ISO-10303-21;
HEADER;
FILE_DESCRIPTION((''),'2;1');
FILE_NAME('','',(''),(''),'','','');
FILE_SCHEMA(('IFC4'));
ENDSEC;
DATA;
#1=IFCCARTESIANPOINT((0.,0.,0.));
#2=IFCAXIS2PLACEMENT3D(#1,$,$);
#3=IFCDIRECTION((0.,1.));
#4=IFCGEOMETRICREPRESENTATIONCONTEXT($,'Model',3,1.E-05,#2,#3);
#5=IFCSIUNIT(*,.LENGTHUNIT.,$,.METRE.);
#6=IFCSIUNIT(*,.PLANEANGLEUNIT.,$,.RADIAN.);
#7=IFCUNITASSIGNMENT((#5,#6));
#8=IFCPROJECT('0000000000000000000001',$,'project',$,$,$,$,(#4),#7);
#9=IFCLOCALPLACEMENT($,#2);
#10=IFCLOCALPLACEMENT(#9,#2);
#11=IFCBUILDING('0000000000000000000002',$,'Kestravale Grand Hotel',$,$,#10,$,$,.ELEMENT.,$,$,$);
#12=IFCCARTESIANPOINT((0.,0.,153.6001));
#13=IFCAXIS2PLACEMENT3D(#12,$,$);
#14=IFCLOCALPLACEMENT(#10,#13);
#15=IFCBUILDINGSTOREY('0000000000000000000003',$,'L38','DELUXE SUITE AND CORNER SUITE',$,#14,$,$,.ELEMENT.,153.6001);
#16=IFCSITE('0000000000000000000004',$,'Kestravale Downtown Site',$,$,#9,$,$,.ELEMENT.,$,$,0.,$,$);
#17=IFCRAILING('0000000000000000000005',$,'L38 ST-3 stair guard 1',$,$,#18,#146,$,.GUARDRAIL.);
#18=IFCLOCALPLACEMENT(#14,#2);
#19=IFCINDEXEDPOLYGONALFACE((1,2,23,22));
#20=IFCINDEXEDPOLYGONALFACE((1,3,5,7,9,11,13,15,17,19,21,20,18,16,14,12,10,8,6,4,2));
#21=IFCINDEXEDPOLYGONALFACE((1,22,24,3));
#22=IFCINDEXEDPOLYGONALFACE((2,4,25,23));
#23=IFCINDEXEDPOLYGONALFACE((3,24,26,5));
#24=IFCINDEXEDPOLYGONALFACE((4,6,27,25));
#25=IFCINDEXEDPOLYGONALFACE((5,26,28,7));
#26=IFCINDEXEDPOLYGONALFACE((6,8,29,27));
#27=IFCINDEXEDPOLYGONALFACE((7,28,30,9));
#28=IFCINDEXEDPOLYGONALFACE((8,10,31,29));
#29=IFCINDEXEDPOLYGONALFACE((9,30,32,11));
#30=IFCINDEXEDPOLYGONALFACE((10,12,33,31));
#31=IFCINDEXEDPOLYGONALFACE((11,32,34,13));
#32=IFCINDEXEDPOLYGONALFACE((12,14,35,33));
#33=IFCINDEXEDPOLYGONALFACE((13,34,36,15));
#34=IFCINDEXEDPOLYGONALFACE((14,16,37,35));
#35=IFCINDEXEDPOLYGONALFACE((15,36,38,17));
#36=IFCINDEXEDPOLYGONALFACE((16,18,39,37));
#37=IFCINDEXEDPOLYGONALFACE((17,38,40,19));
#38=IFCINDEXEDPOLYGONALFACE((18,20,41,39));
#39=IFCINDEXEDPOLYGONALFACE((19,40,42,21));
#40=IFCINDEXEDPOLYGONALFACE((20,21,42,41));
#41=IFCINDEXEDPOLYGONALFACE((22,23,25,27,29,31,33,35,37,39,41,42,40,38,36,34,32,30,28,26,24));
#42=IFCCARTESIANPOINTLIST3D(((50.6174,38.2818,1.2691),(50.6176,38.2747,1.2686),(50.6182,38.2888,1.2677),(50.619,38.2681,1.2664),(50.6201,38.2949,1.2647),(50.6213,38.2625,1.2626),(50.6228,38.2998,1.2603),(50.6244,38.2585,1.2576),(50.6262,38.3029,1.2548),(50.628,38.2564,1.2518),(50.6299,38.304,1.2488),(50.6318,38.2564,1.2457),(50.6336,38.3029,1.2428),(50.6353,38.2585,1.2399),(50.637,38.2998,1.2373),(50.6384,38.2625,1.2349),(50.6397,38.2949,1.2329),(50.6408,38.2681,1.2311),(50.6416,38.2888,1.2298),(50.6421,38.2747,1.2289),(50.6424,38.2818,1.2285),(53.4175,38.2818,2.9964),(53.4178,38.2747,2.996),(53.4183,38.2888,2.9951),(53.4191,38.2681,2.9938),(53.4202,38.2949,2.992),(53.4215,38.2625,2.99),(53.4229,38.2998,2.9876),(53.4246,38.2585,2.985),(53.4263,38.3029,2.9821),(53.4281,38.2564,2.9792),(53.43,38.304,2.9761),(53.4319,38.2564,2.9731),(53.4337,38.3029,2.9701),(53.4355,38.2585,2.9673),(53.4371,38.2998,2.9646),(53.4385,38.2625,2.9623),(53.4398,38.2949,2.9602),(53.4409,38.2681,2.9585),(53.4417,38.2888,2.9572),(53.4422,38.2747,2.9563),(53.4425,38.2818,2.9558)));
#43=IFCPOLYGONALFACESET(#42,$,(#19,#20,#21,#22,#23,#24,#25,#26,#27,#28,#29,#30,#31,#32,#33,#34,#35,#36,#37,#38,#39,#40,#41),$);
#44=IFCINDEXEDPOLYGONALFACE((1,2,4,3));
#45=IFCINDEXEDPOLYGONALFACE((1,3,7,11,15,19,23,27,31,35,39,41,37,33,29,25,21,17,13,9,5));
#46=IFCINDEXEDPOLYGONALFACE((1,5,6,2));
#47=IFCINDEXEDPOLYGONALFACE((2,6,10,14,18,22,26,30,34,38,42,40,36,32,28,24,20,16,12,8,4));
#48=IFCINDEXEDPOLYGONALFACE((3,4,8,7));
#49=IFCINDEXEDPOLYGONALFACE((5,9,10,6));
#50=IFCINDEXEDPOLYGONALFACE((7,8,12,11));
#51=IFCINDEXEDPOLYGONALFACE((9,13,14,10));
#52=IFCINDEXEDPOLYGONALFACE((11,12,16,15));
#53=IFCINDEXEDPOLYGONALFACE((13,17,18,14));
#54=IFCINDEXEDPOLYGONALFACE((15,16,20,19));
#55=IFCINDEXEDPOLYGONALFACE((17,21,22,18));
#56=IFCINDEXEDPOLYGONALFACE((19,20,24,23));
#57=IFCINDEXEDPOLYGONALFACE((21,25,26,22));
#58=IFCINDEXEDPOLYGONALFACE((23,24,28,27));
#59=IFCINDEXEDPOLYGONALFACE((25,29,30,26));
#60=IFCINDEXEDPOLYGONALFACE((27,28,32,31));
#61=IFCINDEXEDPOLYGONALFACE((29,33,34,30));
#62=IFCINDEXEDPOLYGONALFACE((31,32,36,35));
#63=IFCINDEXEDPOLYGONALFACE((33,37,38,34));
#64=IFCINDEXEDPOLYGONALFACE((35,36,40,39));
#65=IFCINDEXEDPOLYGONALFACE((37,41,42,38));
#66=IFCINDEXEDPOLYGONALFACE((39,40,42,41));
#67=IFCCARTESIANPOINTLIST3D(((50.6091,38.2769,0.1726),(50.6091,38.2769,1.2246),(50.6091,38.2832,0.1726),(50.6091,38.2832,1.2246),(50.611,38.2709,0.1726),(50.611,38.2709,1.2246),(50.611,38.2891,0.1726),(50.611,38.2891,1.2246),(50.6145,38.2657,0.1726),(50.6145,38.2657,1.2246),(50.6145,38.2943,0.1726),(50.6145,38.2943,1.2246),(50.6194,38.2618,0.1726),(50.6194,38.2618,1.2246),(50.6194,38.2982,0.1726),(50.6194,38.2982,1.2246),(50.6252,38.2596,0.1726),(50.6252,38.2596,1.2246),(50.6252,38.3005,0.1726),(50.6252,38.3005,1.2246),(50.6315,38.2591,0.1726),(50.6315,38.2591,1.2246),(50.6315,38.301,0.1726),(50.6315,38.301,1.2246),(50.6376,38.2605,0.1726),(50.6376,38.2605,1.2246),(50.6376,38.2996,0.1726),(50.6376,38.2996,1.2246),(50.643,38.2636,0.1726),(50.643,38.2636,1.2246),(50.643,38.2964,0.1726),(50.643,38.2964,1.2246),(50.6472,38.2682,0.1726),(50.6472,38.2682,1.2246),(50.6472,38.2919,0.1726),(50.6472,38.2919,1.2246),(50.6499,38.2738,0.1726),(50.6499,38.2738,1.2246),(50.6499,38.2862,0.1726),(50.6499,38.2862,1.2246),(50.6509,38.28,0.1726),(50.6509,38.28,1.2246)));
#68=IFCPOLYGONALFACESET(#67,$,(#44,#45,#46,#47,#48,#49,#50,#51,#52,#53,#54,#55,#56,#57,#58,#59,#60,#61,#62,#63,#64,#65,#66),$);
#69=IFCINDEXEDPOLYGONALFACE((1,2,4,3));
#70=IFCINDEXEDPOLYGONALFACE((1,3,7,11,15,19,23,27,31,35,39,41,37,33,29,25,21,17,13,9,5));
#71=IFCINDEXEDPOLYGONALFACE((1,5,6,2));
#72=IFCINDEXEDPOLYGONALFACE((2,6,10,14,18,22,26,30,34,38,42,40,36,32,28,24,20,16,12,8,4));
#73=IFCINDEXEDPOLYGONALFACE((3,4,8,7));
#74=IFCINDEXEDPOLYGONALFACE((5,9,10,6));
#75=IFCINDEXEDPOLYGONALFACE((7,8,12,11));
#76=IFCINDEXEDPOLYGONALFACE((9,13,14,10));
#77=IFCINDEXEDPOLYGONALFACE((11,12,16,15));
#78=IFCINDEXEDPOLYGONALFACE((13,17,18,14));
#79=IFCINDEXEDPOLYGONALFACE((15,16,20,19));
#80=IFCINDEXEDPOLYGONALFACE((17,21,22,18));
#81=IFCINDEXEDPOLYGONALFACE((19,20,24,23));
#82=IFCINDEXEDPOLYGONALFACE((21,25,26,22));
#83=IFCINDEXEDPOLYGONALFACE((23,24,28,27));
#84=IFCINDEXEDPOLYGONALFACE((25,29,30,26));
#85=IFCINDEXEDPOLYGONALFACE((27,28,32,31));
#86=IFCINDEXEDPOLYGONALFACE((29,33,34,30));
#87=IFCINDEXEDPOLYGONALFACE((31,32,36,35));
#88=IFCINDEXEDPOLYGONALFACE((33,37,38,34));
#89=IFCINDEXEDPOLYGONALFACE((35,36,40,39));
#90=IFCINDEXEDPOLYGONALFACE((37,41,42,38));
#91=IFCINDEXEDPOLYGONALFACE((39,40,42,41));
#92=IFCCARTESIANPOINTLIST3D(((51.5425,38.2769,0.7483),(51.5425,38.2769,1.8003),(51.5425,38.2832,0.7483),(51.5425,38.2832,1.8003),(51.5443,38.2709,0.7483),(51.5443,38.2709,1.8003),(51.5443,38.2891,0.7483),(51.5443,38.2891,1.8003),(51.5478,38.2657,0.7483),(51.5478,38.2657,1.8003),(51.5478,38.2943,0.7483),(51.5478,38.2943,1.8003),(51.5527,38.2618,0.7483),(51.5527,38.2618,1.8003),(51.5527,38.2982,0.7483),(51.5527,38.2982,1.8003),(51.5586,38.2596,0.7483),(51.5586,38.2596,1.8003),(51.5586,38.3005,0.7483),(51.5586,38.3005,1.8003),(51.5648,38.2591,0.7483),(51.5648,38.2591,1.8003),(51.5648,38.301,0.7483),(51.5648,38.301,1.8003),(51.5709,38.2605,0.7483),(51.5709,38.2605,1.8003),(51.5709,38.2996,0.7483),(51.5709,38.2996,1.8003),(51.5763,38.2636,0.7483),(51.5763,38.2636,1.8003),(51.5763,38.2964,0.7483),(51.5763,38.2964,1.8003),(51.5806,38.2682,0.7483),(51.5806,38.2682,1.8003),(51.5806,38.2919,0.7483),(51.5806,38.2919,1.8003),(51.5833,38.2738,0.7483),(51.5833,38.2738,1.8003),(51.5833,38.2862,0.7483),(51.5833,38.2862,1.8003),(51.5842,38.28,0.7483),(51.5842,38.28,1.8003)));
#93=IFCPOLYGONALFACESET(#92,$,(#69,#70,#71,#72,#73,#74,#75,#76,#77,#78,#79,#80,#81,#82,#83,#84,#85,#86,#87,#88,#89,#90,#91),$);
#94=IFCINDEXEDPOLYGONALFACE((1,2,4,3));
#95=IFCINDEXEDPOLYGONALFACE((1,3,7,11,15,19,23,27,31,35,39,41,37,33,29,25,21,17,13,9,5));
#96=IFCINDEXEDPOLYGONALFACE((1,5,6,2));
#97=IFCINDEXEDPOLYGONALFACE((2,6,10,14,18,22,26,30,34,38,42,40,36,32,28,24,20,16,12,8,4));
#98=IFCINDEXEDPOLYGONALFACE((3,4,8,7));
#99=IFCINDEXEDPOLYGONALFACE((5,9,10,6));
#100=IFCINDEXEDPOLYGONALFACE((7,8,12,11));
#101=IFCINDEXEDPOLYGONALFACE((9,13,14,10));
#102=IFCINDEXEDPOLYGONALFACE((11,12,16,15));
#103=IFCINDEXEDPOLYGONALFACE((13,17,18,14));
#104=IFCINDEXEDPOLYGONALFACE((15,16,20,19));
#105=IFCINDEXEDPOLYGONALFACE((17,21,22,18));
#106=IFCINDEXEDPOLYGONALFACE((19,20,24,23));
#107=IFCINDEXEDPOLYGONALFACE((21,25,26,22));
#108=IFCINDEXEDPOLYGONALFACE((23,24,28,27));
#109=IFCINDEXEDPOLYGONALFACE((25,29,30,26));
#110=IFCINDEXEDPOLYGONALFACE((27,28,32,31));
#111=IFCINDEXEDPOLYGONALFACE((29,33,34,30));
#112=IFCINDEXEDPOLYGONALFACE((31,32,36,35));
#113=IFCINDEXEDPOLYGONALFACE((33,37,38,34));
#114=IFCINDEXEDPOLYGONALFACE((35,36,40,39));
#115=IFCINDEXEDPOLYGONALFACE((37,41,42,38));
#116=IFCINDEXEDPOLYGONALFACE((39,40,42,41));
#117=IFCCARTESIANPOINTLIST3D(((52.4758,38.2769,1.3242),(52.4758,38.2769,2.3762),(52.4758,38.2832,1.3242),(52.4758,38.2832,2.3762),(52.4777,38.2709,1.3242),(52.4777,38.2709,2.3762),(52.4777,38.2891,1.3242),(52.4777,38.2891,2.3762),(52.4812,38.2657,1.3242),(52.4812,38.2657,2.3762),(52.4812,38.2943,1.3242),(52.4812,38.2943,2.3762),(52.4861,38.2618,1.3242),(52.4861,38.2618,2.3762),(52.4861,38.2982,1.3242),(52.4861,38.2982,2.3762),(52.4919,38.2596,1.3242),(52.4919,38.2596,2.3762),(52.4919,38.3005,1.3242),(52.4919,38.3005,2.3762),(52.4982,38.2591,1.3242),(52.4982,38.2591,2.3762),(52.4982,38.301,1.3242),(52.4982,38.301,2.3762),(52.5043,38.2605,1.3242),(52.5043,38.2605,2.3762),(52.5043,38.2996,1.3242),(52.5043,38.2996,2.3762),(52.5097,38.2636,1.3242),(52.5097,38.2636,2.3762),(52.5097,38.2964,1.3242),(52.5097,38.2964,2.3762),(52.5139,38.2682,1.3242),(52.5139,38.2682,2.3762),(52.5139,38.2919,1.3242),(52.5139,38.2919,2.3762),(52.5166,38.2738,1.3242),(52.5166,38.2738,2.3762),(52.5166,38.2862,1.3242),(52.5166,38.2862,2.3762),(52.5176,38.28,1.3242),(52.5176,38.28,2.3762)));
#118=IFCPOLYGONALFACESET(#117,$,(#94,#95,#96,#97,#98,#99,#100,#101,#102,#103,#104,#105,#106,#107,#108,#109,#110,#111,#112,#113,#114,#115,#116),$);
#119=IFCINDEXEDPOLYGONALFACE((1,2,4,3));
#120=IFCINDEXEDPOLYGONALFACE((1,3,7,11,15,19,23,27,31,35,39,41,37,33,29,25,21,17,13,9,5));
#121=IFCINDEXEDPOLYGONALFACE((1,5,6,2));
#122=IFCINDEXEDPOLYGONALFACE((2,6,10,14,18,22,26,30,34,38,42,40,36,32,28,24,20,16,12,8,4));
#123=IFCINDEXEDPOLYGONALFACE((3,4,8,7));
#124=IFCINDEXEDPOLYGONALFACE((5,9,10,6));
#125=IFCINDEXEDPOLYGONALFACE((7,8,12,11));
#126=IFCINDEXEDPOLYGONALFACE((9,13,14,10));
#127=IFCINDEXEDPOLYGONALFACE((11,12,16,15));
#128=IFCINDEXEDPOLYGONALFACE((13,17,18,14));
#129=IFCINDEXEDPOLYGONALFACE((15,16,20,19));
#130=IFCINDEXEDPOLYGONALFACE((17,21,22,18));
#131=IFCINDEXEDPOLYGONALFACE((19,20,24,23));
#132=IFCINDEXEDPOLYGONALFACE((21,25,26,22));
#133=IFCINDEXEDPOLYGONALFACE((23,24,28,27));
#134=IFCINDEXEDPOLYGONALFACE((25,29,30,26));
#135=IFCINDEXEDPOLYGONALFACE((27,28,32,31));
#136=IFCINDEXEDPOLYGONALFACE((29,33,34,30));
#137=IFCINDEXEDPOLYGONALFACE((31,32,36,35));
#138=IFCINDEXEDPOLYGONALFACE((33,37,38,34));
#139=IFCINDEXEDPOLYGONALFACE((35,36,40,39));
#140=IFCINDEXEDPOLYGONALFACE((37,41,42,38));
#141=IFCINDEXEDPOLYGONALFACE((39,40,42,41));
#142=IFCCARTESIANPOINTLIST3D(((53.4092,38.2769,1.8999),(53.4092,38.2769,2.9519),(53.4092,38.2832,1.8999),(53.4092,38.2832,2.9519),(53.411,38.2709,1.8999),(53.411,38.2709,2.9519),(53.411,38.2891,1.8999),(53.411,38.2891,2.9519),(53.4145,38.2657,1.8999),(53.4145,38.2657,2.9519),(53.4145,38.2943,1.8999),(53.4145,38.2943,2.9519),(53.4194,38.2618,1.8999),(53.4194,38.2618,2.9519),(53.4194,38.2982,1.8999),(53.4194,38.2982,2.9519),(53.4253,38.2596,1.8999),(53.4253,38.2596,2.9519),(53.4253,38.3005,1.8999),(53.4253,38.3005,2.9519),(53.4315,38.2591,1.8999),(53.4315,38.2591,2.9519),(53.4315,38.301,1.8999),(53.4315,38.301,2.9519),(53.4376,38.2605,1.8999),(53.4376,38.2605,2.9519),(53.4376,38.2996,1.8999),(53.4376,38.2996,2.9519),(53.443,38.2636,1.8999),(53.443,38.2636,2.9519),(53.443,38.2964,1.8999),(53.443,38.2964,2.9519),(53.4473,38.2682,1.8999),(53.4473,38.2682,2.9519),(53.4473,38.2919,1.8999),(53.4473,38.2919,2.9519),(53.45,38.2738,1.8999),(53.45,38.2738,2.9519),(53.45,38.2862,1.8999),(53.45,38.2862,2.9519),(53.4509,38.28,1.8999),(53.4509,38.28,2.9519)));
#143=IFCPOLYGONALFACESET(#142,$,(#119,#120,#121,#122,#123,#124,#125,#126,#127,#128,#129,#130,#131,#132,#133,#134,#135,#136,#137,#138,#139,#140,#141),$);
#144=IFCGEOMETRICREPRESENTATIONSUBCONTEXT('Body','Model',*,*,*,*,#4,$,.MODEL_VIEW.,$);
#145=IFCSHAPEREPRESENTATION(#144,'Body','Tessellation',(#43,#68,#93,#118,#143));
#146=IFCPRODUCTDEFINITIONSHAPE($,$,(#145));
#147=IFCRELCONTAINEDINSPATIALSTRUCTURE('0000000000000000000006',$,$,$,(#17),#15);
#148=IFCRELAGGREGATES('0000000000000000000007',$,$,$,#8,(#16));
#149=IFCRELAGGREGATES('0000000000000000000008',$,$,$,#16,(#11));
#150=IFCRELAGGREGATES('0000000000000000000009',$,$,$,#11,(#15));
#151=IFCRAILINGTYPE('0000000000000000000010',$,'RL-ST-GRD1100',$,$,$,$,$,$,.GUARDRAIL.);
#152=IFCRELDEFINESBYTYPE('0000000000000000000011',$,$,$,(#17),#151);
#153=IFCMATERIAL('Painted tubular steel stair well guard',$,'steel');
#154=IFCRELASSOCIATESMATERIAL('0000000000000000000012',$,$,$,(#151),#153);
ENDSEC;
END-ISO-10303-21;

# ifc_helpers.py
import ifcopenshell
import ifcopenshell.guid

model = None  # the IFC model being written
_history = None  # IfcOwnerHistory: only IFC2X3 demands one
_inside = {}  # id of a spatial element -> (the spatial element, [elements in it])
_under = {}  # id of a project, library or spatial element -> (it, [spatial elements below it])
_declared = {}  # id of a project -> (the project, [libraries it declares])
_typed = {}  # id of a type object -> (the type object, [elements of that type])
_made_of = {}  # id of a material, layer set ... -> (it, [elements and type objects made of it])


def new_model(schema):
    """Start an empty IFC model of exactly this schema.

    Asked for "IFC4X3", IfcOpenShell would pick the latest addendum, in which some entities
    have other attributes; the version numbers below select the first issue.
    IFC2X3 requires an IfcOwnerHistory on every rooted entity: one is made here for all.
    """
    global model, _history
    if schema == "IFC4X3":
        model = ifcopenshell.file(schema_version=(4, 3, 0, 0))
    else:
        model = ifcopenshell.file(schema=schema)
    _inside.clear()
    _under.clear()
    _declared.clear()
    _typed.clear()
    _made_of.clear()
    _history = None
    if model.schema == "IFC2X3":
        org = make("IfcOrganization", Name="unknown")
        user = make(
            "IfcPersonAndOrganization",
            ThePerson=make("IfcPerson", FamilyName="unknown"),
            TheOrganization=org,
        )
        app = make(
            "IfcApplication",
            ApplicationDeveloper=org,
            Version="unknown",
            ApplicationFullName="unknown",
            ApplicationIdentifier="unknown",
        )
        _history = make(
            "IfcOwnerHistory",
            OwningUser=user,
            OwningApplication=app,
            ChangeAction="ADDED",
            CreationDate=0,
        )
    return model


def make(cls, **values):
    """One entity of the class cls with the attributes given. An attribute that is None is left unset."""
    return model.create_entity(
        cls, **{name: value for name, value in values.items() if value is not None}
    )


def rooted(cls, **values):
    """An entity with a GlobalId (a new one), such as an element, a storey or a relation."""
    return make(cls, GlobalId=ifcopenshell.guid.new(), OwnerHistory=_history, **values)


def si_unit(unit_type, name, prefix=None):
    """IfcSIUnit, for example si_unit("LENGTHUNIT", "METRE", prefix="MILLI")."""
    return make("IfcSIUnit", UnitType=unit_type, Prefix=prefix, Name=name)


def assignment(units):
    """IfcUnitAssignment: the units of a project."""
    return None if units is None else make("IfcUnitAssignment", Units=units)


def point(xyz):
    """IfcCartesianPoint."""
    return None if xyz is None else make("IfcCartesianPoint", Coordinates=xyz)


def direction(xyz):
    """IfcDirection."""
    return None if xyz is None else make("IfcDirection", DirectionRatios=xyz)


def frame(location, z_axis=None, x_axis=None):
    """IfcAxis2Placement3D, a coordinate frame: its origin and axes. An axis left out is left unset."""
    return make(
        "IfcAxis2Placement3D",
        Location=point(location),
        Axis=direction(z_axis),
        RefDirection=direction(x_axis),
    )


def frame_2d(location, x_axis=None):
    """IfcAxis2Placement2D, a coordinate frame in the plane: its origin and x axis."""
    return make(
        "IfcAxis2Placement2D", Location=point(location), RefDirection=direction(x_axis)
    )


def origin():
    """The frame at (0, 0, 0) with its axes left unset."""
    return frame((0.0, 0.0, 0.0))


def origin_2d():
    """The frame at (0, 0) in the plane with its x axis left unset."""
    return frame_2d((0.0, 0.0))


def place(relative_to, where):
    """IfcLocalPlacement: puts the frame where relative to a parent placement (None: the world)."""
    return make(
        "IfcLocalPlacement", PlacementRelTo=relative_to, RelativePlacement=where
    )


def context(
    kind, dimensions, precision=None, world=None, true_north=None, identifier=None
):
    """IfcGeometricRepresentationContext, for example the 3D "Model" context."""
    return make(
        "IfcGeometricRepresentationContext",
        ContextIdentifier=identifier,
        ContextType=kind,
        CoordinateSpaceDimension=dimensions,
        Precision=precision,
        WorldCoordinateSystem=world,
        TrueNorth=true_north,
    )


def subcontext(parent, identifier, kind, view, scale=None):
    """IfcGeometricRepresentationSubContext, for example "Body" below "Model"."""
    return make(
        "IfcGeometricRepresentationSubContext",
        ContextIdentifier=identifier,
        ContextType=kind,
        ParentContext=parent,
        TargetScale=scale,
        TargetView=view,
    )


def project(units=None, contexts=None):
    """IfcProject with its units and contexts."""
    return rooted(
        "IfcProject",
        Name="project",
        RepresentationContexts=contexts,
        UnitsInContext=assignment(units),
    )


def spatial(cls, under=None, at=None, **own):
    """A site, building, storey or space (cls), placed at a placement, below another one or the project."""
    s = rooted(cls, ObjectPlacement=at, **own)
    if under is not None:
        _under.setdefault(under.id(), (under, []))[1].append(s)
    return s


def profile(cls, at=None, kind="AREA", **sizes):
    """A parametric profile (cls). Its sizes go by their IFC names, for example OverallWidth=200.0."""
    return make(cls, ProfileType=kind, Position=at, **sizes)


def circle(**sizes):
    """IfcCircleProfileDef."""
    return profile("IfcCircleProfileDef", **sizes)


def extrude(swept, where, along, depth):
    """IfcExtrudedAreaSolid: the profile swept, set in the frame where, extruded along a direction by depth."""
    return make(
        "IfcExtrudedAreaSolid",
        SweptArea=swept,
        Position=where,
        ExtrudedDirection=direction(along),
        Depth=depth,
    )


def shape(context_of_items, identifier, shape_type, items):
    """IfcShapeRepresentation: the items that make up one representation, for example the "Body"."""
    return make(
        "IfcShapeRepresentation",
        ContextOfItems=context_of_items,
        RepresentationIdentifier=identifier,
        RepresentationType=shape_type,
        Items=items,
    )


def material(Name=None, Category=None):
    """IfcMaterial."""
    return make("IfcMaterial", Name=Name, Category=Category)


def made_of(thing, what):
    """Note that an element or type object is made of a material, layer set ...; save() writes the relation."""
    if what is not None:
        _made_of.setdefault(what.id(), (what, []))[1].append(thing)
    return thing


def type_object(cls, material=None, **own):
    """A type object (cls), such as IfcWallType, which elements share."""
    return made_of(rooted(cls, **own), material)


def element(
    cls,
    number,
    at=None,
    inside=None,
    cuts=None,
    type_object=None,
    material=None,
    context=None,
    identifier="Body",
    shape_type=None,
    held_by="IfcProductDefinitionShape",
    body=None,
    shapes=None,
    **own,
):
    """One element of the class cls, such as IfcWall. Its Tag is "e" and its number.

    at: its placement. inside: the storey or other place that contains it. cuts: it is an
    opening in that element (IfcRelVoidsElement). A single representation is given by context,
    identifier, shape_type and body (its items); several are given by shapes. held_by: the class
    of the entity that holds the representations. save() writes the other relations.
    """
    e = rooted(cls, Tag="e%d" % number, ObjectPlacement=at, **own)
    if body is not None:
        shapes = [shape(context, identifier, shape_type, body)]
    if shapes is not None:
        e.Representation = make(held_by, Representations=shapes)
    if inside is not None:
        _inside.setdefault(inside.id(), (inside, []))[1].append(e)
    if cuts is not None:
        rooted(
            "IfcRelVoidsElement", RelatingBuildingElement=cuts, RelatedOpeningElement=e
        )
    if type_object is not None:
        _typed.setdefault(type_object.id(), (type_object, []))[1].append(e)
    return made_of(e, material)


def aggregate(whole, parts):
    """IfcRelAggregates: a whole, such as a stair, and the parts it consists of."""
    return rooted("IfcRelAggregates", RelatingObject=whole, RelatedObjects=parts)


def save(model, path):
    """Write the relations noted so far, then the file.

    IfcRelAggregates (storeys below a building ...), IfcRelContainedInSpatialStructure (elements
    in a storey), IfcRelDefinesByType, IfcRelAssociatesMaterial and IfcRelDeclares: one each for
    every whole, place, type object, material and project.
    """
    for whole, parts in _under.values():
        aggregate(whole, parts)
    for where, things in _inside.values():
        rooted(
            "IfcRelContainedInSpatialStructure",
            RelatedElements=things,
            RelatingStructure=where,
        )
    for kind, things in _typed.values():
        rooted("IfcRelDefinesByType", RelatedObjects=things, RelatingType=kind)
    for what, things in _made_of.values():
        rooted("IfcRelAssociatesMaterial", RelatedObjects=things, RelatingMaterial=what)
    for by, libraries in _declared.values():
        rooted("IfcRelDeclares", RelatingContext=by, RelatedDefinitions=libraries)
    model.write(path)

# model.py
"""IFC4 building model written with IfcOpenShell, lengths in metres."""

from ifc_helpers import new_model, si_unit, direction, frame, origin, origin_2d, place, context, subcontext, project, spatial, circle, extrude, material, type_object, element, save


model = new_model("IFC4")

# Units and contexts
model_context = context("Model", 3, precision=1e-05, world=origin(), true_north=direction((0.0, 1.0)))
body_context = subcontext(model_context, "Body", "Model", "MODEL_VIEW")
ifc_project = project(units=[si_unit("LENGTHUNIT", "METRE"), si_unit("PLANEANGLEUNIT", "RADIAN")], contexts=[model_context])

# Site, building, storey
site_placement = place(None, origin())
site = spatial("IfcSite", under=ifc_project, at=site_placement, Name="Kestravale Downtown Site", CompositionType="ELEMENT", RefElevation=0.0)
building_placement = place(site_placement, origin())
building = spatial("IfcBuilding", under=site, at=building_placement, Name="Kestravale Grand Hotel", CompositionType="ELEMENT")
storey_placement = place(building_placement, frame((0.0, 0.0, 153.6001)))
storey = spatial("IfcBuildingStorey", under=building, at=storey_placement, Name="L38", Description="DELUXE SUITE AND CORNER SUITE", CompositionType="ELEMENT", Elevation=153.6001)

# Railing
ifc_material_1 = material(Name="Painted tubular steel stair well guard", Category="steel")
railing_type_1 = type_object("IfcRailingType", Name="RL-ST-GRD1100", PredefinedType="GUARDRAIL", material=ifc_material_1)
railing_1_placement = place(storey_placement, frame((50.6299, 38.28, 0.1726)))
element("IfcRailing", 1, at=railing_1_placement, inside=storey, type_object=railing_type_1, Name="L38 ST-3 stair guard 1", PredefinedType="GUARDRAIL", context=body_context, shape_type="SweptSolid", body=[
    extrude(circle(Radius=0.0239, at=origin_2d()), frame((0.0, 0.0, 1.0762), z_axis=(0.85109, 0.0, 0.52502), x_axis=(0.0, 1.0, 0.0)), (0.0, 0.0, 1.0), 3.29),
    extrude(circle(Radius=0.021, at=origin_2d()), origin(), (0.0, 0.0, 1.0), 1.052),
    extrude(circle(Radius=0.021, at=origin_2d()), frame((0.9333, 0.0, 0.5757)), (0.0, 0.0, 1.0), 1.052),
    extrude(circle(Radius=0.021, at=origin_2d()), frame((1.8667, 0.0, 1.1516)), (0.0, 0.0, 1.0), 1.052),
    extrude(circle(Radius=0.021, at=origin_2d()), frame((2.8, 0.0, 1.7273)), (0.0, 0.0, 1.0), 1.052),
])

save(model, "model.ifc")
